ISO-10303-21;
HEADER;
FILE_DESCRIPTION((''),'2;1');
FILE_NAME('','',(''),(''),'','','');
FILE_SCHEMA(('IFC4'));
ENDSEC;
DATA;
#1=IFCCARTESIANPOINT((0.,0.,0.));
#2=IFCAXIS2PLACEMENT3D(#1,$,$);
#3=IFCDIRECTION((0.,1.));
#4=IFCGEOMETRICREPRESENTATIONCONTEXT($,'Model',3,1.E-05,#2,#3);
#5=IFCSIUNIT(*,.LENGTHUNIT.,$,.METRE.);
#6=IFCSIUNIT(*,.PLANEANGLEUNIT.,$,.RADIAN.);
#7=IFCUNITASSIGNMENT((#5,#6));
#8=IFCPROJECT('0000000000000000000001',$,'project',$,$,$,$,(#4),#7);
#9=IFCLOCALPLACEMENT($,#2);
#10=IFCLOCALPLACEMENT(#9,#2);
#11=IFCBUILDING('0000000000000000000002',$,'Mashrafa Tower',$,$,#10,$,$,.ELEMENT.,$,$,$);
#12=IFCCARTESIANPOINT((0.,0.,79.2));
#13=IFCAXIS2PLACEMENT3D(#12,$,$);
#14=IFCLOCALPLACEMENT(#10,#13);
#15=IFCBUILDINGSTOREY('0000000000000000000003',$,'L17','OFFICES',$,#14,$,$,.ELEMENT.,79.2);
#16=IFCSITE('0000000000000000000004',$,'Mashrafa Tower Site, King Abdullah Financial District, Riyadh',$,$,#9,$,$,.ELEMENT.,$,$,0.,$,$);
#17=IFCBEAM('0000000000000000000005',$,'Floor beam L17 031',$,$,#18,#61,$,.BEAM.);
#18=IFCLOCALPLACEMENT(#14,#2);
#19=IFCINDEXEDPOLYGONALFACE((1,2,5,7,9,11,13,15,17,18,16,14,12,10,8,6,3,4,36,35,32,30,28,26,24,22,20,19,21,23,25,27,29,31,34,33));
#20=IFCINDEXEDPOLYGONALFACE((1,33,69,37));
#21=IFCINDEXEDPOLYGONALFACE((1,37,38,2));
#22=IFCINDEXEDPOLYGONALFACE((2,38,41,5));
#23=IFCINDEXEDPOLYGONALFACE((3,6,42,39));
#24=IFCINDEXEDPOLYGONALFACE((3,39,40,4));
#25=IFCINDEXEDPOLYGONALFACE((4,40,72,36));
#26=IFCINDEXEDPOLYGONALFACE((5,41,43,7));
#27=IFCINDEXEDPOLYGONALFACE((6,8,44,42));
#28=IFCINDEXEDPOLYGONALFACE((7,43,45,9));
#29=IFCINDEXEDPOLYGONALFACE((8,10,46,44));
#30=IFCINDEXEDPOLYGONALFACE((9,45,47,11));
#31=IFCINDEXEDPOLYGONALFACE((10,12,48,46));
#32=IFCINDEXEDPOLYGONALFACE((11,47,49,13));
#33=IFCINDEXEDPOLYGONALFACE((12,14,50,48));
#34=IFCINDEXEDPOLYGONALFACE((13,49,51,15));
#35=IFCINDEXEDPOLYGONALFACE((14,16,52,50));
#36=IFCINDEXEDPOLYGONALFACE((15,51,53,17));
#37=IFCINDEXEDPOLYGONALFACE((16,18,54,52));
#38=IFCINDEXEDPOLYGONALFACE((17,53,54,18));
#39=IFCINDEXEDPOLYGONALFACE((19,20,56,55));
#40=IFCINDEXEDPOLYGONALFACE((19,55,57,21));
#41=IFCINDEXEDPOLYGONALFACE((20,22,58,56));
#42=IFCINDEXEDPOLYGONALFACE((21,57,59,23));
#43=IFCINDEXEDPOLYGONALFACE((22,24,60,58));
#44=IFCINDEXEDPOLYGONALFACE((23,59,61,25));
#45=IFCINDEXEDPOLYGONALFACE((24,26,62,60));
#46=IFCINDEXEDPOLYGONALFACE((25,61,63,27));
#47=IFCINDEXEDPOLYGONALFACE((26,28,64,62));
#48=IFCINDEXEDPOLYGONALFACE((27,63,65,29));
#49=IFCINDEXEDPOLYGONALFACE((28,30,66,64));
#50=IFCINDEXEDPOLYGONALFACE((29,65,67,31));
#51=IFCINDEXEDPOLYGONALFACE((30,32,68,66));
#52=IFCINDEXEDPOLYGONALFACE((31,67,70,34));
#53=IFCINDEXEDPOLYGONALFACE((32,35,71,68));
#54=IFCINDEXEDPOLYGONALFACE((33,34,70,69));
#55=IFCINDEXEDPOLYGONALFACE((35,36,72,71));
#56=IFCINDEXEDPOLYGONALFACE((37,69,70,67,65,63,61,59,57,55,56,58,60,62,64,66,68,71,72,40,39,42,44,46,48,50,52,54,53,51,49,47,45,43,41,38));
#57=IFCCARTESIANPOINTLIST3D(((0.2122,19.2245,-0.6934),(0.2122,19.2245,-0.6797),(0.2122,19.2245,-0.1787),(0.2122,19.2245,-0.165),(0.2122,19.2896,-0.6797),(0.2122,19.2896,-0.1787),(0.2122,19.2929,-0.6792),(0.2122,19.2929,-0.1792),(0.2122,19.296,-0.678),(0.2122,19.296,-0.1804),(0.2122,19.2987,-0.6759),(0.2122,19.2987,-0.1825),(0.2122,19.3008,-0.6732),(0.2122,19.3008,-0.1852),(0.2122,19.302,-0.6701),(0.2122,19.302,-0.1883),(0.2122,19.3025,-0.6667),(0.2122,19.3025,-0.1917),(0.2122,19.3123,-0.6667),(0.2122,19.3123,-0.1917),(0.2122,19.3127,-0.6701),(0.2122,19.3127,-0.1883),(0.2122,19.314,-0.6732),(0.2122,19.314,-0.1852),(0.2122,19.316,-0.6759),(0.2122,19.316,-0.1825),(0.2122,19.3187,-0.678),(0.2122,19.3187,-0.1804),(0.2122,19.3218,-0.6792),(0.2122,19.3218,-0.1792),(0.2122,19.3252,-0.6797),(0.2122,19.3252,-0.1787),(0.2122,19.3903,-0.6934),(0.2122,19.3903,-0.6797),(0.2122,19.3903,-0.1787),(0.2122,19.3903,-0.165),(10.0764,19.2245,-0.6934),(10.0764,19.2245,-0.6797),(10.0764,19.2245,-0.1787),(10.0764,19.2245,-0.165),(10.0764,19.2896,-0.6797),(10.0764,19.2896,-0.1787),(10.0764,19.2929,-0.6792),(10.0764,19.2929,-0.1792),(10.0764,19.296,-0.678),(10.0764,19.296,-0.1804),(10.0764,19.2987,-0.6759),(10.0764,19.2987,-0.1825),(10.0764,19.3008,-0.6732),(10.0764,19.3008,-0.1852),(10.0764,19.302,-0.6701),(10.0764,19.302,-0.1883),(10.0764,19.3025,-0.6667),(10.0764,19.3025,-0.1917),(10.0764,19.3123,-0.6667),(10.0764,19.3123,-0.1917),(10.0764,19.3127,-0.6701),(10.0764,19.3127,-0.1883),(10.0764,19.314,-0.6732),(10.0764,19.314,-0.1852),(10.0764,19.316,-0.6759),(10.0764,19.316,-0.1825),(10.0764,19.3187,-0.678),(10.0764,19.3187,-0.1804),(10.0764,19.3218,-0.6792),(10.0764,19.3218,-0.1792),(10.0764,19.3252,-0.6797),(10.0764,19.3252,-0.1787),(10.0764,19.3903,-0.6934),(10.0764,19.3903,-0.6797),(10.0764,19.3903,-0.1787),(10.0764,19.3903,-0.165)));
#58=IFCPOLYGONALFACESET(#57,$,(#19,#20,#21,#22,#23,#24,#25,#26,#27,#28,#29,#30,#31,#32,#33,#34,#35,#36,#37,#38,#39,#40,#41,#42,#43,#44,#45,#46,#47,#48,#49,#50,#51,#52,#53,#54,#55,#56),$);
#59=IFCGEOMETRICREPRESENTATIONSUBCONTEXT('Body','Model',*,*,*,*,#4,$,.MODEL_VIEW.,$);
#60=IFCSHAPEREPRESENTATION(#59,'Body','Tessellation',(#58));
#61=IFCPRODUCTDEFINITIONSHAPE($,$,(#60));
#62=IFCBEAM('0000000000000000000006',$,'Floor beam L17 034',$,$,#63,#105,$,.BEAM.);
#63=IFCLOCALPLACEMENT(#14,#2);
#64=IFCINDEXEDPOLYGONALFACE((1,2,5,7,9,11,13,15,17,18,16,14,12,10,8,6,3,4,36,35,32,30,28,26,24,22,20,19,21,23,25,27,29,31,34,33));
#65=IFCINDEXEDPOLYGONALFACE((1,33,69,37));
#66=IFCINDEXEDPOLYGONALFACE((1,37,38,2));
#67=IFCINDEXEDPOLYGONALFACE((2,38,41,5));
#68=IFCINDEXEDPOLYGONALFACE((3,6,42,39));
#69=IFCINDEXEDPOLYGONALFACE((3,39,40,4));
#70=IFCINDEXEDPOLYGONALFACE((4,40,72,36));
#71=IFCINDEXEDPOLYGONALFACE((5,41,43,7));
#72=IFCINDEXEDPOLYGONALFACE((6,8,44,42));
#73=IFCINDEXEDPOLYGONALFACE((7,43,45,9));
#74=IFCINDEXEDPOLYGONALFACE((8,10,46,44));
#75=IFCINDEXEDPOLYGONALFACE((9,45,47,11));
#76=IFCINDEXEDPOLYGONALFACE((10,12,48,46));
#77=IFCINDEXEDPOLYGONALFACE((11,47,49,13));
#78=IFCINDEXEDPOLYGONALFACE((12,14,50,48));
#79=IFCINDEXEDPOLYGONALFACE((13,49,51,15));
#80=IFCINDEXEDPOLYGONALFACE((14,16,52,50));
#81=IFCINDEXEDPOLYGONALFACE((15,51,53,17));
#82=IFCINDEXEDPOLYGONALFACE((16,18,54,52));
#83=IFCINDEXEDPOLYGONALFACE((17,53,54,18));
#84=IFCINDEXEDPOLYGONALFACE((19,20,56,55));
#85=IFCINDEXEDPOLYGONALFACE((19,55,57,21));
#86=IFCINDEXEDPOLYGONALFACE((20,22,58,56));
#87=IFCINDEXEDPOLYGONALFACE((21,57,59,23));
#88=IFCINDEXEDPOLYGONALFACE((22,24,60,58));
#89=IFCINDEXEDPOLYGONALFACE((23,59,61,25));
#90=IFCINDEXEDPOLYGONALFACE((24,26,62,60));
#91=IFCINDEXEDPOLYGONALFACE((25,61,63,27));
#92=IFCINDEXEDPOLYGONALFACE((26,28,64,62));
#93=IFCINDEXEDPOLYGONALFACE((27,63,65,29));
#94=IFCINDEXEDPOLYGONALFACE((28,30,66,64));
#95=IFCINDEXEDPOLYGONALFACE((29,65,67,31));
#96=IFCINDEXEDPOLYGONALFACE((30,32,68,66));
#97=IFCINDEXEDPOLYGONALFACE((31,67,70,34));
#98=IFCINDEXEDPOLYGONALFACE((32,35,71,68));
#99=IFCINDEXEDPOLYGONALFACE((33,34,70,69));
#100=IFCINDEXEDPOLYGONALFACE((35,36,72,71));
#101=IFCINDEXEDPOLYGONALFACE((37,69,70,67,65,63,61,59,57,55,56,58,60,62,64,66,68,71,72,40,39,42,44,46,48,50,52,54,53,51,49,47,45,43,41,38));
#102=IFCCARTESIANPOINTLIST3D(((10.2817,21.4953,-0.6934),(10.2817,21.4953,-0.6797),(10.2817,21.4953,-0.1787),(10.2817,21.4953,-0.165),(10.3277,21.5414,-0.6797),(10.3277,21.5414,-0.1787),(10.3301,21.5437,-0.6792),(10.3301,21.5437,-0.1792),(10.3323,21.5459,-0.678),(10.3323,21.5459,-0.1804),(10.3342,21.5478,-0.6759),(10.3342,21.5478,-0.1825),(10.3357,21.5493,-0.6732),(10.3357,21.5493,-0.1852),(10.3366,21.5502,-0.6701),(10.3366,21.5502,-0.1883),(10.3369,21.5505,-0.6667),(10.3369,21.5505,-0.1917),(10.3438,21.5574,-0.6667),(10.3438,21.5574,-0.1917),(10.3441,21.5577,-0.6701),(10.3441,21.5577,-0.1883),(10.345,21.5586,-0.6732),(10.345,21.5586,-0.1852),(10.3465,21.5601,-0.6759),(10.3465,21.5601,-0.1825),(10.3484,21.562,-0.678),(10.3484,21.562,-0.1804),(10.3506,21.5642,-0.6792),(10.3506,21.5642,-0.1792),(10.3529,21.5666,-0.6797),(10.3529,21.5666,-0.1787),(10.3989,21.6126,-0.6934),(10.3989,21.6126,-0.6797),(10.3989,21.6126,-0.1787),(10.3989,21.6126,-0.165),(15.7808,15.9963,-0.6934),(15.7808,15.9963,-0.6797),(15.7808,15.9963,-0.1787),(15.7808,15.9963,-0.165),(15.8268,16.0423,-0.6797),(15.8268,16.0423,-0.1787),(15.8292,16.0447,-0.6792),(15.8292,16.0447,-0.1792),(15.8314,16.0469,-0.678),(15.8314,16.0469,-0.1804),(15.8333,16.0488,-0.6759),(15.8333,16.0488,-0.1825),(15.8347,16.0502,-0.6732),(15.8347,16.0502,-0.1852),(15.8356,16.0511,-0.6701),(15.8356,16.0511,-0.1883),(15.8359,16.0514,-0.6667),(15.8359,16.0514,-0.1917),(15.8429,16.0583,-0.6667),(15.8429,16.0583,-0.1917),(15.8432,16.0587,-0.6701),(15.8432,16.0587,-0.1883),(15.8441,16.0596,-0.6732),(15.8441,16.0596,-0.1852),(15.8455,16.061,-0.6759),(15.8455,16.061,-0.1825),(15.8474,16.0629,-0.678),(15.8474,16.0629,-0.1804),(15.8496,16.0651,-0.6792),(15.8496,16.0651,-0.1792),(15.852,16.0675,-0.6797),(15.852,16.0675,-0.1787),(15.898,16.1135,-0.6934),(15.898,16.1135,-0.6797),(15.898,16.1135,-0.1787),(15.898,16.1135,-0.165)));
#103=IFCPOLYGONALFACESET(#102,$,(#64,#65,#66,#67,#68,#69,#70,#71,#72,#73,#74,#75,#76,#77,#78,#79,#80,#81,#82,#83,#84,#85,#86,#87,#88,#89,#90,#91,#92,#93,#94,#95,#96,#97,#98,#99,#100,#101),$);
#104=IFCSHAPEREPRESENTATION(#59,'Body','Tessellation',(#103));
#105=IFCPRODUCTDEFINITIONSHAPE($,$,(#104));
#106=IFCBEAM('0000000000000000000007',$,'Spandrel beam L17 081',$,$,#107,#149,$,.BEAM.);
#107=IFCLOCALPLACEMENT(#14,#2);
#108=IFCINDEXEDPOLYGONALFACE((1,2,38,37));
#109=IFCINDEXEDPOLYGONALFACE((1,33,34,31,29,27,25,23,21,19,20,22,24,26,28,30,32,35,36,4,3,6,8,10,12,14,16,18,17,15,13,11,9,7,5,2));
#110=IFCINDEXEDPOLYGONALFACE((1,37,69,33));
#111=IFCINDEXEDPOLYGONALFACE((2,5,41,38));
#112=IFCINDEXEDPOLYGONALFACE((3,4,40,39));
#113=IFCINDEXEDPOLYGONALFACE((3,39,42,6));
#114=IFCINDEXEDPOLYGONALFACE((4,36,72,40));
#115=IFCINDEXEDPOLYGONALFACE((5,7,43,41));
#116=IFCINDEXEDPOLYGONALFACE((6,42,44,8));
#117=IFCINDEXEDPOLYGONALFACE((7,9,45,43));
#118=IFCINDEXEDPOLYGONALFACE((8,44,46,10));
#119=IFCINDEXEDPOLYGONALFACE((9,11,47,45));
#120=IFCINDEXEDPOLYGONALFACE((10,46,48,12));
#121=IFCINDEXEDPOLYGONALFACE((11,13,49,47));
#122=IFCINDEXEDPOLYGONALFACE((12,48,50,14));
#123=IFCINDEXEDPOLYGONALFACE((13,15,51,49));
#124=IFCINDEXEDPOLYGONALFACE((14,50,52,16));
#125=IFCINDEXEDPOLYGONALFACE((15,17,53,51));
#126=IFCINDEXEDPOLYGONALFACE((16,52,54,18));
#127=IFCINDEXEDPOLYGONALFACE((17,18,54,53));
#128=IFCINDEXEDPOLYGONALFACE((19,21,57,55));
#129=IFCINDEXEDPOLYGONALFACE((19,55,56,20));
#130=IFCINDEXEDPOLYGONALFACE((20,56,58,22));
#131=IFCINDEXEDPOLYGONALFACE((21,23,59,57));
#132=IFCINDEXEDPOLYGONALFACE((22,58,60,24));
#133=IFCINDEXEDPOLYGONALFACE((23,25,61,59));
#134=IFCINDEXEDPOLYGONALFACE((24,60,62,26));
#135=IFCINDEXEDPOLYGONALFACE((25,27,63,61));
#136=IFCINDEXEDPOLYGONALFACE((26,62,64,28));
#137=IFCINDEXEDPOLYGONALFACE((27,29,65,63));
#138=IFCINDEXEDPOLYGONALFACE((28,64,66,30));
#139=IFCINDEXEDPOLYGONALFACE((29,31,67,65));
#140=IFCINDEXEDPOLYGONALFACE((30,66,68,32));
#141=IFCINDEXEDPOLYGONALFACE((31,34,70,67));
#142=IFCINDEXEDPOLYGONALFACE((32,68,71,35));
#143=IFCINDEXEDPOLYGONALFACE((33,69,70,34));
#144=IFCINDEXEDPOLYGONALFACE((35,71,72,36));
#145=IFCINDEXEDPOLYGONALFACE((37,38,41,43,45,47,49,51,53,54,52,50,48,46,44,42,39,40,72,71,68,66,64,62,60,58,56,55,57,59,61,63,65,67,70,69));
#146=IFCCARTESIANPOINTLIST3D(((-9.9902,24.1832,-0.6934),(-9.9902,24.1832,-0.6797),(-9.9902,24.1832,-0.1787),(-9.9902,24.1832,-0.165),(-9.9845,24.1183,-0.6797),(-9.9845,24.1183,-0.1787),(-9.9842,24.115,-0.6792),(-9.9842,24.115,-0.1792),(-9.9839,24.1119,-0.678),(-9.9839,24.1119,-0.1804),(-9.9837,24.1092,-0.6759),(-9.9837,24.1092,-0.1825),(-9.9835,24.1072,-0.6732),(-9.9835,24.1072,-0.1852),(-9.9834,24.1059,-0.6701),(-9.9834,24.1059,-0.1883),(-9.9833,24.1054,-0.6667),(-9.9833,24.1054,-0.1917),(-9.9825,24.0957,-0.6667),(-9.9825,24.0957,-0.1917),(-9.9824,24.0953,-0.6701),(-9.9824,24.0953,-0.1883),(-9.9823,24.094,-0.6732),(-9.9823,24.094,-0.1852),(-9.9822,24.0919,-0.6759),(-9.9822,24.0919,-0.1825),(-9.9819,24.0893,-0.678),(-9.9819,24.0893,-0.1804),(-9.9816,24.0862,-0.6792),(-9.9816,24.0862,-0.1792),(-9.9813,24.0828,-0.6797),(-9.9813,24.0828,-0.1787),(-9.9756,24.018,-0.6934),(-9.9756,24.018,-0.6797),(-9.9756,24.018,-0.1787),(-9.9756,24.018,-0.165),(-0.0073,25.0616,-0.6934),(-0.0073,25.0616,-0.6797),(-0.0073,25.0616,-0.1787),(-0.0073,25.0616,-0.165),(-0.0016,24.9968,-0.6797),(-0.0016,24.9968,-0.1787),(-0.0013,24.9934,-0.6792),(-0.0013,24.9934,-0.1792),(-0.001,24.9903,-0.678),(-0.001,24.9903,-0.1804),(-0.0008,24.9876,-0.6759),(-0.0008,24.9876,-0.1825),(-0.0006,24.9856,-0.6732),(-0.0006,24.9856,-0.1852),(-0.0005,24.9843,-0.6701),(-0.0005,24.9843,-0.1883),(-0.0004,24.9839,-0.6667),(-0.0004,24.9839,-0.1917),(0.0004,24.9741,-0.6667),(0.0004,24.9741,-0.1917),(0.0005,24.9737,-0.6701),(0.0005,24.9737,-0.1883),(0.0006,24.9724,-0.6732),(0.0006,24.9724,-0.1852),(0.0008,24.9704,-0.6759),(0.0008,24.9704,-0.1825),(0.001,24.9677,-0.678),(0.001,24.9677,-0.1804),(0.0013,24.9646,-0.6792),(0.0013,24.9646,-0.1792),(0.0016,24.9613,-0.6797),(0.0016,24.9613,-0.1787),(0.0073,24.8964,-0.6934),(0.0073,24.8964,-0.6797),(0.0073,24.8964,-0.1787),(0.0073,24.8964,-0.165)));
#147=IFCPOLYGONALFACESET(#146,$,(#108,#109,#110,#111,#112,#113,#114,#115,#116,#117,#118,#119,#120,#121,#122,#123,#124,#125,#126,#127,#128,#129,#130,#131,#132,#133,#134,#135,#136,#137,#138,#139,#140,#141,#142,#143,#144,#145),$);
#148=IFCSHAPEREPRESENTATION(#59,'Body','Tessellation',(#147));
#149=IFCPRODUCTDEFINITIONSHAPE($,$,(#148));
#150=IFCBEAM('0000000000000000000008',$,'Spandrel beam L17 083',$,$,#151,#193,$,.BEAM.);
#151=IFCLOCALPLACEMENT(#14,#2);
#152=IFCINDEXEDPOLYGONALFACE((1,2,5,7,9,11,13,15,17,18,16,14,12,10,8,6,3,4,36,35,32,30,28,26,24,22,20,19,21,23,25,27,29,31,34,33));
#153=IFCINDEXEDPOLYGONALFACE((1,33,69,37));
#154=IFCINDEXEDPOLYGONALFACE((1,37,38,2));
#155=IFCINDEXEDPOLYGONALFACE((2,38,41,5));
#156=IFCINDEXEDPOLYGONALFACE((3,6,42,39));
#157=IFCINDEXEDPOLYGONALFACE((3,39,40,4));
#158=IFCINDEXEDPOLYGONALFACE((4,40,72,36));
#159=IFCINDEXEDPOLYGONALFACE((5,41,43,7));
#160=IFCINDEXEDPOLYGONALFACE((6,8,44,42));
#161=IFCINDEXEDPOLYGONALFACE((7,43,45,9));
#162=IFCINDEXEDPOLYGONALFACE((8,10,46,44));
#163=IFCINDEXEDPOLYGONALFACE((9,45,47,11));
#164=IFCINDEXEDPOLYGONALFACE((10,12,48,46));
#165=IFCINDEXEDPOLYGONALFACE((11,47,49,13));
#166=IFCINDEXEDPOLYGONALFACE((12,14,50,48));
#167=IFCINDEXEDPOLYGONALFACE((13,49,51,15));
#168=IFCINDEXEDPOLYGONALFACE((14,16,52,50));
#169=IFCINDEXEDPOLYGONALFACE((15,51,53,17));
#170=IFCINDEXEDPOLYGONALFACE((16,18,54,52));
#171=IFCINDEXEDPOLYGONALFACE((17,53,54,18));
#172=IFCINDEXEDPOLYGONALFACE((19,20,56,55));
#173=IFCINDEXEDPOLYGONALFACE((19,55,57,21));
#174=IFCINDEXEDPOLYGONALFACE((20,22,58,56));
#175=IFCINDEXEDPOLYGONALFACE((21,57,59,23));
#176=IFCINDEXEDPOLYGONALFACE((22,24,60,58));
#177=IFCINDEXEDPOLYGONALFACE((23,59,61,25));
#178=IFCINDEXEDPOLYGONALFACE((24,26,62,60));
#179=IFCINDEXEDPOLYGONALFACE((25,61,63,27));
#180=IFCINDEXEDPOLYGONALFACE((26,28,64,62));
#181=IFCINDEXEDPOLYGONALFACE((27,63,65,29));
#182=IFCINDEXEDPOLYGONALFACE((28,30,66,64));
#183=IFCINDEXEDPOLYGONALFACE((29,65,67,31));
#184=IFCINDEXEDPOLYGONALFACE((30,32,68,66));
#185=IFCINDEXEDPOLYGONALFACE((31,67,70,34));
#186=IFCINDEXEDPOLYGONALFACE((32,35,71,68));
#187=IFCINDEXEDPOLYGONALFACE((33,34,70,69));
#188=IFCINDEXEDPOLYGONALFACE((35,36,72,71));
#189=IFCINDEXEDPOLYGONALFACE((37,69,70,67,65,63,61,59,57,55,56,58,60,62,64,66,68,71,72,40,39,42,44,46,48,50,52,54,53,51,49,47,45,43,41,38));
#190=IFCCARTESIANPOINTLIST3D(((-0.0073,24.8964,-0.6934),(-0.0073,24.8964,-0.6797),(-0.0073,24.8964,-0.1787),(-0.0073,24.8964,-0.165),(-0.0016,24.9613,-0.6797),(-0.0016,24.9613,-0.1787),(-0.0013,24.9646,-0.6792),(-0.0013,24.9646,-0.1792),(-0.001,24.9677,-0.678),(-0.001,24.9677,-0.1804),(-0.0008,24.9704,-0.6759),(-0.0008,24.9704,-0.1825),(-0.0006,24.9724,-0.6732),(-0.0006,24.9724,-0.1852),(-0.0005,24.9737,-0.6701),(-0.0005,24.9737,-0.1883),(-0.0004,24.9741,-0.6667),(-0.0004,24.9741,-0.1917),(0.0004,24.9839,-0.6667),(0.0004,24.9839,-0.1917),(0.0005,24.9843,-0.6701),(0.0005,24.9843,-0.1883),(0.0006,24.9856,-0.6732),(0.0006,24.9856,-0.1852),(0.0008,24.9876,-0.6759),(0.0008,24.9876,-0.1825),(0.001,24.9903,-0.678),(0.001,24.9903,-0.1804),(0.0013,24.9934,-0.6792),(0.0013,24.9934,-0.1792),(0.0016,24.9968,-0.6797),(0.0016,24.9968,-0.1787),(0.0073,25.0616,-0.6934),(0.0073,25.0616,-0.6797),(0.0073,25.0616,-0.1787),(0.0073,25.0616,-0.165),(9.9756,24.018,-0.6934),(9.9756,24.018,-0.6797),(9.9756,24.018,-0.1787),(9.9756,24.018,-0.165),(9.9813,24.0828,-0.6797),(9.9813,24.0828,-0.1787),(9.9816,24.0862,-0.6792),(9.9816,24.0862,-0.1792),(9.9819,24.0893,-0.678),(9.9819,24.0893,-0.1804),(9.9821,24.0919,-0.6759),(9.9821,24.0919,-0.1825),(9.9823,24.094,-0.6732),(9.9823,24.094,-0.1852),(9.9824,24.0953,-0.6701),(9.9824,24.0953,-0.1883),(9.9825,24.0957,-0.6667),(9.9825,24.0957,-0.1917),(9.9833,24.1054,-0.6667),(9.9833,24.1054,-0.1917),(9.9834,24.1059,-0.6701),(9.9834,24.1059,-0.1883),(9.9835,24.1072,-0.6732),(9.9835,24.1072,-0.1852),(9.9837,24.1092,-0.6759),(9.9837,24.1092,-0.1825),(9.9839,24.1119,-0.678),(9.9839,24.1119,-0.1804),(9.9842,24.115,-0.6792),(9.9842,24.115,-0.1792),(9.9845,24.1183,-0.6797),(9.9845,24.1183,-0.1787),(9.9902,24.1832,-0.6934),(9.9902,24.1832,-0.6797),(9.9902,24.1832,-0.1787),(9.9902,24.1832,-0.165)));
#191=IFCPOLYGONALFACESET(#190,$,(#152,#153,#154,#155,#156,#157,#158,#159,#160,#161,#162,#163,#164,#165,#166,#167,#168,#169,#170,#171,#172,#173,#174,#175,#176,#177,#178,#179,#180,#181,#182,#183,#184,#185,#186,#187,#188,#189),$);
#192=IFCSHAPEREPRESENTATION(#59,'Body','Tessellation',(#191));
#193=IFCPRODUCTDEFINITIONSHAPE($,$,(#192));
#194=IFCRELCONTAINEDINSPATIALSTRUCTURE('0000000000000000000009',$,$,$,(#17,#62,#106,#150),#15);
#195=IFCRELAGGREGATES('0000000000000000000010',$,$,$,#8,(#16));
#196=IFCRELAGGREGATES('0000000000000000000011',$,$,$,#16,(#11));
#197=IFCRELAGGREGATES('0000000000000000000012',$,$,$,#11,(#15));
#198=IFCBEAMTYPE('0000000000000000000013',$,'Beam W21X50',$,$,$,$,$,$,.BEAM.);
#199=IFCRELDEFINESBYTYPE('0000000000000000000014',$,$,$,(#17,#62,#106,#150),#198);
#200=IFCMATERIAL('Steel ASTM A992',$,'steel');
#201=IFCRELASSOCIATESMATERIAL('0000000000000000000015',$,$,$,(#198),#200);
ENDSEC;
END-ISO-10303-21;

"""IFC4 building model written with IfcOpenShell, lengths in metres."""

from ifc_helpers import new_model, si_unit, direction, frame, origin, origin_2d, place, context, subcontext, project, spatial, i_section, extrude, material, material_profile, profile_set, type_object, element, save


model = new_model("IFC4")

# Units and contexts
model_context = context("Model", 3, precision=1e-05, world=origin(), true_north=direction((0.0, 1.0)))
body_context = subcontext(model_context, "Body", "Model", "MODEL_VIEW")
ifc_project = project(units=[si_unit("LENGTHUNIT", "METRE"), si_unit("PLANEANGLEUNIT", "RADIAN")], contexts=[model_context])

# Site, building, storey
site_placement = place(None, origin())
site = spatial("IfcSite", under=ifc_project, at=site_placement, Name="Mashrafa Tower Site, King Abdullah Financial District, Riyadh", CompositionType="ELEMENT", RefElevation=0.0)
building_placement = place(site_placement, origin())
building = spatial("IfcBuilding", under=site, at=building_placement, Name="Mashrafa Tower", CompositionType="ELEMENT")
storey_placement = place(building_placement, frame((0.0, 0.0, 79.2)))
storey = spatial("IfcBuildingStorey", under=building, at=storey_placement, Name="L17", Description="OFFICES", CompositionType="ELEMENT", Elevation=79.2)

# Beams
ifc_material_1 = material(Name="Steel ASTM A992", Category="steel")
ifc_material_profile_1 = material_profile(ifc_material_1, i_section(OverallWidth=0.1658, OverallDepth=0.5283, WebThickness=0.0098, FlangeThickness=0.0137, FilletRadius=0.0129, at=origin_2d()), Name="W21X50")
ifc_profile_set_1 = profile_set([ifc_material_profile_1], Name="Steel ASTM A992")
beam_type_1 = type_object("IfcBeamType", Name="Beam W21X50", PredefinedType="BEAM", material=ifc_profile_set_1)
beam_1_placement = place(storey_placement, frame((0.2122, 19.3074, -0.4292), z_axis=(1.0, 0.0, 0.0), x_axis=(0.0, 1.0, 0.0)))
element("IfcBeam", 1, at=beam_1_placement, inside=storey, type_object=beam_type_1, Name="Floor beam L17 031", PredefinedType="BEAM", context=body_context, shape_type="SweptSolid", body=[
    extrude(i_section(OverallWidth=0.1658, OverallDepth=0.5283, WebThickness=0.0098, FlangeThickness=0.0137, FilletRadius=0.0129, at=origin_2d()), origin(), (0.0, 0.0, 1.0), 9.8643),
])
beam_2_placement = place(storey_placement, frame((10.3403, 21.554, -0.4292), z_axis=(0.707107, -0.707107, 0.0), x_axis=(0.707107, 0.707107, 0.0)))
element("IfcBeam", 2, at=beam_2_placement, inside=storey, type_object=beam_type_1, Name="Floor beam L17 034", PredefinedType="BEAM", context=body_context, shape_type="SweptSolid", body=[
    extrude(i_section(OverallWidth=0.1658, OverallDepth=0.5283, WebThickness=0.0098, FlangeThickness=0.0137, FilletRadius=0.0129, at=origin_2d()), origin(), (0.0, 0.0, 1.0), 7.7769),
])
for number, where, z_axis, x_axis, name in (
    (3, (0.0, 24.979, -0.4292), (-0.996151, -0.087653, 0.0), (0.087653, -0.996151, 0.0), "Spandrel beam L17 081"),
    (4, (9.9829, 24.1006, -0.4292), (-0.996151, 0.087653, 0.0), (-0.087653, -0.996151, 0.0), "Spandrel beam L17 083"),
):
    element("IfcBeam", number, at=place(storey_placement, frame(where, z_axis=z_axis, x_axis=x_axis)), inside=storey, type_object=beam_type_1, Name=name, PredefinedType="BEAM", context=body_context, shape_type="SweptSolid", body=[
        extrude(i_section(OverallWidth=0.1658, OverallDepth=0.5283, WebThickness=0.0098, FlangeThickness=0.0137, FilletRadius=0.0129, at=origin_2d()), origin(), (0.0, 0.0, 1.0), 10.0215),
    ])

save(model, "model.ifc")
